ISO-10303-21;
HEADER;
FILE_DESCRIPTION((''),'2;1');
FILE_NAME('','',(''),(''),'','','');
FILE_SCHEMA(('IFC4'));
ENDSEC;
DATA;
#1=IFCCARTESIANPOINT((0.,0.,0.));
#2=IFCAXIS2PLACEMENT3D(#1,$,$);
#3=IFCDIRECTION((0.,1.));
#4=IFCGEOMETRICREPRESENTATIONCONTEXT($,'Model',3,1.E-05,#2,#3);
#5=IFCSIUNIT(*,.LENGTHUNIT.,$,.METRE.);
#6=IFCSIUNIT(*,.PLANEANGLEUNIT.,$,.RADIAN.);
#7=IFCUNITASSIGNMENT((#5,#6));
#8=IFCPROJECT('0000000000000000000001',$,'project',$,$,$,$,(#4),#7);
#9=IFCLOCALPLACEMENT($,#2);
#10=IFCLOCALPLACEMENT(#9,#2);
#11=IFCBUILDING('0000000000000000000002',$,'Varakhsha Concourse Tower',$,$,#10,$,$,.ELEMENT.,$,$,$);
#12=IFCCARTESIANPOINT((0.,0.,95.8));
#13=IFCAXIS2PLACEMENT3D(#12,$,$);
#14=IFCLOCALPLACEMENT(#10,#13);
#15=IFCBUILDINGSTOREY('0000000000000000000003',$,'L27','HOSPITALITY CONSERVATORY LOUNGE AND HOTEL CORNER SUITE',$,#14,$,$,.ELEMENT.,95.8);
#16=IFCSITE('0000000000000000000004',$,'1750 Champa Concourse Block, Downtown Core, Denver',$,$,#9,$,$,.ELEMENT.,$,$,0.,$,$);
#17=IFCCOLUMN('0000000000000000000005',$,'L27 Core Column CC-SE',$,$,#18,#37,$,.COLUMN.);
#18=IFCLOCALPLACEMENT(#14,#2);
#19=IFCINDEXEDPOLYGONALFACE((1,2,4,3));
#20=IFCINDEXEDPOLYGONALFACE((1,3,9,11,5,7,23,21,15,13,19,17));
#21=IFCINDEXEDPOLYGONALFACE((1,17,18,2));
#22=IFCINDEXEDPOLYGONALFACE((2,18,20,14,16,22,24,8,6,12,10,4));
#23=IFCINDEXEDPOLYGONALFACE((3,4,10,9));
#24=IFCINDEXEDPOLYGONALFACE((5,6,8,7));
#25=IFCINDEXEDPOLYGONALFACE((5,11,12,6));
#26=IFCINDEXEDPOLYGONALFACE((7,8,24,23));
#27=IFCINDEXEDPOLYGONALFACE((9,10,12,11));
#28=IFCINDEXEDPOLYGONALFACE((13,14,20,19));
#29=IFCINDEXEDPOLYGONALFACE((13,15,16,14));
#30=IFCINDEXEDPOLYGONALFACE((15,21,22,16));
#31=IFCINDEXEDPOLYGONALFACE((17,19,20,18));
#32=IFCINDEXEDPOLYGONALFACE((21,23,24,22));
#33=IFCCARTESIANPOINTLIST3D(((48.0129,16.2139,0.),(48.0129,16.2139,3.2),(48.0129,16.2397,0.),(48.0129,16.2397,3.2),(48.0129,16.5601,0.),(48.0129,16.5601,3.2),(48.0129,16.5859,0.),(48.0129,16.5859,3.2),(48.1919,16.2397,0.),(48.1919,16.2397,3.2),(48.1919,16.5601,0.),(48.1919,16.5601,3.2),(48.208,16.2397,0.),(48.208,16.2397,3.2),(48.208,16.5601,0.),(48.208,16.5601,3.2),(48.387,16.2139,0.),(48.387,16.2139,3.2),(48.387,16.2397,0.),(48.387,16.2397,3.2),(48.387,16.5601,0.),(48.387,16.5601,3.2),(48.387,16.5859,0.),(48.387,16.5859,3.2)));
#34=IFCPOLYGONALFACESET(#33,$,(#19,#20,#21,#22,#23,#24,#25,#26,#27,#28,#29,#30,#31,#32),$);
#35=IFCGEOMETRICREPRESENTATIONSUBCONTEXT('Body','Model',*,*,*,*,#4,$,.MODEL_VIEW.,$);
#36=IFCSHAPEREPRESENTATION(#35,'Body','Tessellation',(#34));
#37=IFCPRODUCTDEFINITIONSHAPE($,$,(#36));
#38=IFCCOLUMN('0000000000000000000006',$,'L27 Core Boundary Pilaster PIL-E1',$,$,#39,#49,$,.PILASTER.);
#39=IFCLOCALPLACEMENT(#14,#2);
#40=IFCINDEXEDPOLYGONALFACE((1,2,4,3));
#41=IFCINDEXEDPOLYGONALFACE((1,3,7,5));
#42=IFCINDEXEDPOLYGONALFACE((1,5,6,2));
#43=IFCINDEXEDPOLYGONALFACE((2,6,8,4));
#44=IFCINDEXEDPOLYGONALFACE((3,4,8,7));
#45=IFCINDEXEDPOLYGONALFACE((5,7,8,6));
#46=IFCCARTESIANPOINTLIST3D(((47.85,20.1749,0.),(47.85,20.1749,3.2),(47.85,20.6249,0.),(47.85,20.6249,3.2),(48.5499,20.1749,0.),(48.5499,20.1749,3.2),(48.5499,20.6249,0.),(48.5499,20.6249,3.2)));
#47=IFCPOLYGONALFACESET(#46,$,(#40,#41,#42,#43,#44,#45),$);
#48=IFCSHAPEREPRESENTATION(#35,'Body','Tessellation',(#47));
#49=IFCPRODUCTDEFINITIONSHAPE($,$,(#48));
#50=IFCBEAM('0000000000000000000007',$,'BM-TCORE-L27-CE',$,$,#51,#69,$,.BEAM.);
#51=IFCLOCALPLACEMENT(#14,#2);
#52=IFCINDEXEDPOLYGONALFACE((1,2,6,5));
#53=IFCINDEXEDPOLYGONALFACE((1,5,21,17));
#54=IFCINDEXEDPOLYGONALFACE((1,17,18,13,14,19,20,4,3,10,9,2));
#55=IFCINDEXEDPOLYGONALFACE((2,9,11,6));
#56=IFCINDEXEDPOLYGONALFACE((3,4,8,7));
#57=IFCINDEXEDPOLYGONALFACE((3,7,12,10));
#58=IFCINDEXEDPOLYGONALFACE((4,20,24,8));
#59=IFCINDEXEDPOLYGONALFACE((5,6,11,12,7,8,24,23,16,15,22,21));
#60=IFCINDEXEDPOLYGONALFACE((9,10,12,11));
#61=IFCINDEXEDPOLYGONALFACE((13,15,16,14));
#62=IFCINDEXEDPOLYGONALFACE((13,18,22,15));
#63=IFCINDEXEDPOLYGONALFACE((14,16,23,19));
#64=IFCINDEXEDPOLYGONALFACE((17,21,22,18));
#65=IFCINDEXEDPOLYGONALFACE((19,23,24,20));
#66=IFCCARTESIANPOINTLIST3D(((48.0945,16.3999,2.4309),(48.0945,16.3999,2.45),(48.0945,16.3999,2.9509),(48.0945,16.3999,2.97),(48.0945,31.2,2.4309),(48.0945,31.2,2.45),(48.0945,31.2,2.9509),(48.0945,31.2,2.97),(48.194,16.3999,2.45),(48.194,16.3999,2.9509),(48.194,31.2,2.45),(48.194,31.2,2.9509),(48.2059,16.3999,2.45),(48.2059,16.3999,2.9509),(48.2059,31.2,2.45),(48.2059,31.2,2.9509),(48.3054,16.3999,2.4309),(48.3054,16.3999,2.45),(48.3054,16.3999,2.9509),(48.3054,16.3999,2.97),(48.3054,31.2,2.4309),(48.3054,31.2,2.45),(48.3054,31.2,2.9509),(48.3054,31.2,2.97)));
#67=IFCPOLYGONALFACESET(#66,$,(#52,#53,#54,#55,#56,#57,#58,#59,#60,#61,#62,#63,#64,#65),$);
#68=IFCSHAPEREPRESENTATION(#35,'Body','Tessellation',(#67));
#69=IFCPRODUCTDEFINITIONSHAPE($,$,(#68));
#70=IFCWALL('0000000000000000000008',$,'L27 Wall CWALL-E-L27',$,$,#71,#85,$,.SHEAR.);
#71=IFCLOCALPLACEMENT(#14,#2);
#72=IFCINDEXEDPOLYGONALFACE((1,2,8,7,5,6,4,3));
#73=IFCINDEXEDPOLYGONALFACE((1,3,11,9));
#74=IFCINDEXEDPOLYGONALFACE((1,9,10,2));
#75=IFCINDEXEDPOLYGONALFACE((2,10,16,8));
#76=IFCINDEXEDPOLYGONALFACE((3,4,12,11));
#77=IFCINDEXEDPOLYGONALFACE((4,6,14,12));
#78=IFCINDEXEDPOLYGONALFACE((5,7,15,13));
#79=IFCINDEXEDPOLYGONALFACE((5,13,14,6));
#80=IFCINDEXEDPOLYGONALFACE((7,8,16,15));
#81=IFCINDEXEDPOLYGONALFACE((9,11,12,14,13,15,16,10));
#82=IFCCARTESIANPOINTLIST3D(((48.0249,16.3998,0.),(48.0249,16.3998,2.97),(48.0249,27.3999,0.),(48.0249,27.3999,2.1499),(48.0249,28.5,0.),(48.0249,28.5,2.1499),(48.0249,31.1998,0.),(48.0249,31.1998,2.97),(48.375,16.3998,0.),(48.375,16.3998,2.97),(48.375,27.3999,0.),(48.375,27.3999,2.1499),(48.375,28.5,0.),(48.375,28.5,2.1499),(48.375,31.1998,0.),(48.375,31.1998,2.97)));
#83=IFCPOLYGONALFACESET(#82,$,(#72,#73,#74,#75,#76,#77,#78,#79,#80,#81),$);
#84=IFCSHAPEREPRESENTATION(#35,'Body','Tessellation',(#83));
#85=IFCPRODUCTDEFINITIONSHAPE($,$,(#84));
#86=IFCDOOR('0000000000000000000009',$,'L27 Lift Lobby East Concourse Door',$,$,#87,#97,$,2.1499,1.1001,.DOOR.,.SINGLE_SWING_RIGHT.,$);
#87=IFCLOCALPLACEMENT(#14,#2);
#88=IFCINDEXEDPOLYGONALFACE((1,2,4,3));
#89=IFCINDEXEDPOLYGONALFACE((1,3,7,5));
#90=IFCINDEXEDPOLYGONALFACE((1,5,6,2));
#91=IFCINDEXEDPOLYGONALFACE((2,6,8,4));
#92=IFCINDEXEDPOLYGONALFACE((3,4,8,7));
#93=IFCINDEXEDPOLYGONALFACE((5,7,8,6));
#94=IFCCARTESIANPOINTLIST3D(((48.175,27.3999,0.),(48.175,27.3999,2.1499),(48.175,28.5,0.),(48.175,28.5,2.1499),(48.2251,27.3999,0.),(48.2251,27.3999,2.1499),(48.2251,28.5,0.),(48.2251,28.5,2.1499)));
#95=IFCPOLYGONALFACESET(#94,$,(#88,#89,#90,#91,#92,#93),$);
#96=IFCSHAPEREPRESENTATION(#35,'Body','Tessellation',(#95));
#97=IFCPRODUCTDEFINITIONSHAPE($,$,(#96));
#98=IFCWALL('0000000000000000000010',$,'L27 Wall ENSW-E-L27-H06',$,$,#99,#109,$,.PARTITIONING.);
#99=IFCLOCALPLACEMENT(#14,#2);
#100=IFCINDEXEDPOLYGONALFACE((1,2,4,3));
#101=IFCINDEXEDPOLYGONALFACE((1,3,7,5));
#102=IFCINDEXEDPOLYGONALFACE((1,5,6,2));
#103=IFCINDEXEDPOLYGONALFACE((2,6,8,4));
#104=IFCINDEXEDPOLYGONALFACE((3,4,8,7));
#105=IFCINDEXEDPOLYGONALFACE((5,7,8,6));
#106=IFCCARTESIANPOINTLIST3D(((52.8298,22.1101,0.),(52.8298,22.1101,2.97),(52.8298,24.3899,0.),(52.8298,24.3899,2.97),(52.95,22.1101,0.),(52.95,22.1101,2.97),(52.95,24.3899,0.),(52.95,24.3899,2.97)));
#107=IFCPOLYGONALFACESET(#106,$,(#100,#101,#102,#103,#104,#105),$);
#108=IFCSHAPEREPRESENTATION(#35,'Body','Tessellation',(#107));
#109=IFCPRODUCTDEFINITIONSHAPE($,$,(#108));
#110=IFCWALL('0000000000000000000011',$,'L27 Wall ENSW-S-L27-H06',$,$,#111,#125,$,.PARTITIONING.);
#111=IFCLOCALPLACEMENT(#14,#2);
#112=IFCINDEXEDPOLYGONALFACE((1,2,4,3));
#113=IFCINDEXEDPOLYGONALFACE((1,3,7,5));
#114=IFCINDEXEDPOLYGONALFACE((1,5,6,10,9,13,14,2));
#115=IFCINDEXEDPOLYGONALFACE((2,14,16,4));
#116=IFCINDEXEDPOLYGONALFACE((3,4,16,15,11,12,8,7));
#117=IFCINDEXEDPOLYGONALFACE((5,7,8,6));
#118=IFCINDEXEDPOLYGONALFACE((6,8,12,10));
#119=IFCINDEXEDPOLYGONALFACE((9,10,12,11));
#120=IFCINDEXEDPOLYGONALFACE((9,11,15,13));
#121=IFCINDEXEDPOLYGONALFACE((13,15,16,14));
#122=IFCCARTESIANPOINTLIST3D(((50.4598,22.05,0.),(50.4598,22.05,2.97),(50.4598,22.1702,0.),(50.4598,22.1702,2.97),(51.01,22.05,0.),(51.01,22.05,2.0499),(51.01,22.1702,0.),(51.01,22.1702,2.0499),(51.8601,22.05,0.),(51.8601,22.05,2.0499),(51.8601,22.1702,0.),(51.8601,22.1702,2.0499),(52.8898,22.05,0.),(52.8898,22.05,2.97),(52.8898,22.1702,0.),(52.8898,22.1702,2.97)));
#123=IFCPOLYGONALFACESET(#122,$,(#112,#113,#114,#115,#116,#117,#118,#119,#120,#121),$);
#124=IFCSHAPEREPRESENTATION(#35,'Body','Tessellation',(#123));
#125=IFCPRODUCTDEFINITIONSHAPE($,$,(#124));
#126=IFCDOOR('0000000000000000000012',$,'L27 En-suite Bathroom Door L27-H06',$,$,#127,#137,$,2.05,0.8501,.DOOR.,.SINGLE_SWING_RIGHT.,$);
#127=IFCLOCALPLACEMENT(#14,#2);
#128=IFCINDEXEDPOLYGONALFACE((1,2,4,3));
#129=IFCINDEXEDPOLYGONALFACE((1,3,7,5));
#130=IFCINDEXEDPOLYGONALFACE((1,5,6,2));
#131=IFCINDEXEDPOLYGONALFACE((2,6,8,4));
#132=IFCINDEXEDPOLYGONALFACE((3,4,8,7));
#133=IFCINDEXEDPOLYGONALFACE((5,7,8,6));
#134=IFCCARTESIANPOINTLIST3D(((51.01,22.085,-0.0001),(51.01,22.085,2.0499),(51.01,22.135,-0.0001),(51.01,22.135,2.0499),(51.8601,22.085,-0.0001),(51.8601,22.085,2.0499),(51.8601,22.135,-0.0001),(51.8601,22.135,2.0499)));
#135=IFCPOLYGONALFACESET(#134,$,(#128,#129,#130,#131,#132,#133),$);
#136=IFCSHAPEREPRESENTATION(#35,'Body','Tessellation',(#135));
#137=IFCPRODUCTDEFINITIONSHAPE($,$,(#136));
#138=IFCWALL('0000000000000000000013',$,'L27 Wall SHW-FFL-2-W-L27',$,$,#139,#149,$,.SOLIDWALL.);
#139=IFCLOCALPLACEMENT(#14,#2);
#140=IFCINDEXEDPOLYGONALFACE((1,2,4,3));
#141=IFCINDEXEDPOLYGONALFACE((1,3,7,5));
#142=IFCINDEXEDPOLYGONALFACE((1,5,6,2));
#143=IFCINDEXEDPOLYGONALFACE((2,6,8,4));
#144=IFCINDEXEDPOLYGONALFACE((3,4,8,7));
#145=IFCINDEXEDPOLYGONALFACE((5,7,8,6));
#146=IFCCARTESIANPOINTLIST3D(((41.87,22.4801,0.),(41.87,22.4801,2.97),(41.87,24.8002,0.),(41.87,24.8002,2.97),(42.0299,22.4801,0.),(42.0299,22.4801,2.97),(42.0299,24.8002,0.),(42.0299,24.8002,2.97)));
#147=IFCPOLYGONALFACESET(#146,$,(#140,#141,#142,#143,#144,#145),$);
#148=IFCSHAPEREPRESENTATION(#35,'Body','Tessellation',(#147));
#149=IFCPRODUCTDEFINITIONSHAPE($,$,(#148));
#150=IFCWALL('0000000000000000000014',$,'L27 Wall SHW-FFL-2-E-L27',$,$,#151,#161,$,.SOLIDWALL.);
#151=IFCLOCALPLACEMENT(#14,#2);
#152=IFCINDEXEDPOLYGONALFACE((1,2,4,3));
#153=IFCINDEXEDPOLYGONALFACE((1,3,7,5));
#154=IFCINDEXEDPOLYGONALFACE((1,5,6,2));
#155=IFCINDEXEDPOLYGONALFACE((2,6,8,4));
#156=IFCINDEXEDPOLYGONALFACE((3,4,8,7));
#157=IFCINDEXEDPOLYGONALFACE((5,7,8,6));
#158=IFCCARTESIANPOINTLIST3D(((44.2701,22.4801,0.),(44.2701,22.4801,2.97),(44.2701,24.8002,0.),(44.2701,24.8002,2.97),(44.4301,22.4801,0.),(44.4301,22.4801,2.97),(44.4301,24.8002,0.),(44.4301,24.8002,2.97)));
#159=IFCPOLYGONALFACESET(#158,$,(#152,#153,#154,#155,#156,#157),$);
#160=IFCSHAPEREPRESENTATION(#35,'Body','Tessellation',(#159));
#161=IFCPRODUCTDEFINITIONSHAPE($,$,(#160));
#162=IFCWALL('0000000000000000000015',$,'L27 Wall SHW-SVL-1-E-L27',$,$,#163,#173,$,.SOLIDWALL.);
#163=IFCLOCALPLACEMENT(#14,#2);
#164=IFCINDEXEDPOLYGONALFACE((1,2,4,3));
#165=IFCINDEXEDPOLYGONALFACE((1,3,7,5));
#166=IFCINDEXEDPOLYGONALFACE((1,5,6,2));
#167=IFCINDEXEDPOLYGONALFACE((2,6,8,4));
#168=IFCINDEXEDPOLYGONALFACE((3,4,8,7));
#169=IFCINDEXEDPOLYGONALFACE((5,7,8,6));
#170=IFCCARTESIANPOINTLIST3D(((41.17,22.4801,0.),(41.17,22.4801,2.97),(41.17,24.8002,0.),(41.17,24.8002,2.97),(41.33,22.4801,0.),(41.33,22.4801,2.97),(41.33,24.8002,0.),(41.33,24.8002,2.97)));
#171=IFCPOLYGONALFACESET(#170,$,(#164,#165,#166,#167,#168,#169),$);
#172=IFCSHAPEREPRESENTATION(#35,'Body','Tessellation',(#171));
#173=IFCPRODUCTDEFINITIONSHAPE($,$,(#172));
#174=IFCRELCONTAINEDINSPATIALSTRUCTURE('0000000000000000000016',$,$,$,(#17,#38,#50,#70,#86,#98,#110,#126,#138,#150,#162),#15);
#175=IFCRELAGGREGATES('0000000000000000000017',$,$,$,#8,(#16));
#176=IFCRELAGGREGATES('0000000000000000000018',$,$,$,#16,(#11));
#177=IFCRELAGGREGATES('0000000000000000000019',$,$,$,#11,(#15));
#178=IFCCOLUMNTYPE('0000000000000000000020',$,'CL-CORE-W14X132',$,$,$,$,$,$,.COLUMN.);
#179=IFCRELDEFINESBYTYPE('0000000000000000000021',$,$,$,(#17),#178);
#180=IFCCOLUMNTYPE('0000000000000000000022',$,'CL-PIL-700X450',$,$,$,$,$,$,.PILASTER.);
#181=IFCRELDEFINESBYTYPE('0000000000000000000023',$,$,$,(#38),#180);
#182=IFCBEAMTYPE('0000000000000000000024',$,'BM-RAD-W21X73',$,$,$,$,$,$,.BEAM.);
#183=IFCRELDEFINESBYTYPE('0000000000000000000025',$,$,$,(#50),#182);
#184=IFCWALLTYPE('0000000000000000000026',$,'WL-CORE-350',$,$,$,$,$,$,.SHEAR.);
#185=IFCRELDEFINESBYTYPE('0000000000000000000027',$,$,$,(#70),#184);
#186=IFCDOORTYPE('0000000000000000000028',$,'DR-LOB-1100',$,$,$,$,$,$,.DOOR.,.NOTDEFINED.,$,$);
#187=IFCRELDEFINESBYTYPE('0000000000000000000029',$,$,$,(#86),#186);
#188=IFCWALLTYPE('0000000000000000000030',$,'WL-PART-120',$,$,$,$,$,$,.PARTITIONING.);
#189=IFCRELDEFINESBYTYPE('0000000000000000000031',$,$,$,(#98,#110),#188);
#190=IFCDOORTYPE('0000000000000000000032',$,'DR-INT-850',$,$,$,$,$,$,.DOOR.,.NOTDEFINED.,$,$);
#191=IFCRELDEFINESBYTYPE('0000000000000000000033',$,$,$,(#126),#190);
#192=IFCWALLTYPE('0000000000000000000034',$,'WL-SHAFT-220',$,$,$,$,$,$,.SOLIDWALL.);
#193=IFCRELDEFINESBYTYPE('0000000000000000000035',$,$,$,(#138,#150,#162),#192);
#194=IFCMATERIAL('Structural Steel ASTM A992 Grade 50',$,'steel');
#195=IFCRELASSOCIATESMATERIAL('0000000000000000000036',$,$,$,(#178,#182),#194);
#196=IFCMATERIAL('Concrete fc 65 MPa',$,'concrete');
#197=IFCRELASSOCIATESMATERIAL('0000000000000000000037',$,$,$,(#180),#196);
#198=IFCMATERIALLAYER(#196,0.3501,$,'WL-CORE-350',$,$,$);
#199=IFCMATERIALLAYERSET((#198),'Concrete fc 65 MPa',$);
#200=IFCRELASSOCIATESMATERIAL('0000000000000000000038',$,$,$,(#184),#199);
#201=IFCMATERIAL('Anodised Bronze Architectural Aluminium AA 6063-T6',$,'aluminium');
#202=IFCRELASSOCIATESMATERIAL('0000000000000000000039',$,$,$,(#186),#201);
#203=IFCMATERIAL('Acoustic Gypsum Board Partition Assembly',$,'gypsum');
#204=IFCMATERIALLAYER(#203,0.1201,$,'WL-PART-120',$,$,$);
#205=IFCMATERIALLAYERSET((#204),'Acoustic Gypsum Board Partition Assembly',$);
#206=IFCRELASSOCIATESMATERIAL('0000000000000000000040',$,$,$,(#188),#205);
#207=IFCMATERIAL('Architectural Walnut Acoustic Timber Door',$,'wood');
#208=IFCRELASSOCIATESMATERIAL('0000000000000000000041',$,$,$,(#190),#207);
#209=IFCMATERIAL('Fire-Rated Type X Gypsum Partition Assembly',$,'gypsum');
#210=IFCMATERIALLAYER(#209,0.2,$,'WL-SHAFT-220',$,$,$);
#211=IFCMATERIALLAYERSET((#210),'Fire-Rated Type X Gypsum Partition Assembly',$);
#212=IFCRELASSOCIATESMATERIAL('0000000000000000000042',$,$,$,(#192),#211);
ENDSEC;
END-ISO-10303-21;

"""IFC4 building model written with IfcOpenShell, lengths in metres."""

from ifc_helpers import new_model, si_unit, direction, frame, frame_2d, origin, origin_2d, place, context, subcontext, project, spatial, rectangle, i_section, extrude, material, layer, layer_set, material_profile, profile_set, type_object, element, fill, save


model = new_model("IFC4")

# Units and contexts
model_context = context("Model", 3, precision=1e-05, world=origin(), true_north=direction((0.0, 1.0)))
body_context = subcontext(model_context, "Body", "Model", "MODEL_VIEW")
ifc_project = project(units=[si_unit("LENGTHUNIT", "METRE"), si_unit("PLANEANGLEUNIT", "RADIAN")], contexts=[model_context])

# Site, building, storey
site_placement = place(None, origin())
site = spatial("IfcSite", under=ifc_project, at=site_placement, Name="1750 Champa Concourse Block, Downtown Core, Denver", CompositionType="ELEMENT", RefElevation=0.0)
building_placement = place(site_placement, origin())
building = spatial("IfcBuilding", under=site, at=building_placement, Name="Varakhsha Concourse Tower", CompositionType="ELEMENT")
storey_placement = place(building_placement, frame((0.0, 0.0, 95.8)))
storey = spatial("IfcBuildingStorey", under=building, at=storey_placement, Name="L27", Description="HOSPITALITY CONSERVATORY LOUNGE AND HOTEL CORNER SUITE", CompositionType="ELEMENT", Elevation=95.8)

# Columns
ifc_material_1 = material(Name="Structural Steel ASTM A992 Grade 50", Category="steel")
ifc_material_profile_1 = material_profile(ifc_material_1, i_section(OverallWidth=0.374, OverallDepth=0.3721, WebThickness=0.0161, FlangeThickness=0.0259, at=origin_2d()), Name="W14X132")
ifc_profile_set_1 = profile_set([ifc_material_profile_1], Name="Structural Steel ASTM A992 Grade 50")
column_type_1 = type_object("IfcColumnType", Name="CL-CORE-W14X132", PredefinedType="COLUMN", material=ifc_profile_set_1)
column_1_placement = place(storey_placement, frame((48.2, 16.3999, 0.0), z_axis=(0.0, 0.0, 1.0), x_axis=(1.0, 0.0, 0.0)))
element("IfcColumn", 1, at=column_1_placement, inside=storey, type_object=column_type_1, Name="L27 Core Column CC-SE", PredefinedType="COLUMN", context=body_context, shape_type="SweptSolid", body=[
    extrude(i_section(OverallWidth=0.374, OverallDepth=0.3721, WebThickness=0.0161, FlangeThickness=0.0259, at=origin_2d()), origin(), (0.0, 0.0, 1.0), 3.2),
])
ifc_material_2 = material(Name="Concrete fc 65 MPa", Category="concrete")
ifc_material_profile_2 = material_profile(ifc_material_2, rectangle(XDim=0.7, YDim=0.45, at=origin_2d()), Name="RC 700x450")
ifc_profile_set_2 = profile_set([ifc_material_profile_2], Name="Concrete fc 65 MPa")
column_type_2 = type_object("IfcColumnType", Name="CL-PIL-700X450", PredefinedType="PILASTER", material=ifc_profile_set_2)
column_2_placement = place(storey_placement, frame((48.2, 20.3999, 0.0), z_axis=(0.0, 0.0, 1.0), x_axis=(1.0, 0.0, 0.0)))
element("IfcColumn", 2, at=column_2_placement, inside=storey, type_object=column_type_2, Name="L27 Core Boundary Pilaster PIL-E1", PredefinedType="PILASTER", context=body_context, shape_type="SweptSolid", body=[
    extrude(rectangle(XDim=0.7, YDim=0.45, at=origin_2d()), origin(), (0.0, 0.0, 1.0), 3.2),
])

# Beam
ifc_material_profile_3 = material_profile(ifc_material_1, i_section(OverallWidth=0.2109, OverallDepth=0.5391, WebThickness=0.012, FlangeThickness=0.019, at=origin_2d()), Name="W21X73")
ifc_profile_set_3 = profile_set([ifc_material_profile_3], Name="Structural Steel ASTM A992 Grade 50")
beam_type = type_object("IfcBeamType", Name="BM-RAD-W21X73", PredefinedType="BEAM", material=ifc_profile_set_3)
beam_placement = place(storey_placement, frame((48.2, 16.3999, 2.7004), z_axis=(0.0, 1.0, 0.0), x_axis=(-1.0, 0.0, 0.0)))
element("IfcBeam", 3, at=beam_placement, inside=storey, type_object=beam_type, Name="BM-TCORE-L27-CE", PredefinedType="BEAM", context=body_context, shape_type="SweptSolid", body=[
    extrude(i_section(OverallWidth=0.2109, OverallDepth=0.5391, WebThickness=0.012, FlangeThickness=0.019, at=origin_2d()), origin(), (0.0, 0.0, 1.0), 14.8),
])

# Wall, opening, door
ifc_layer_1 = layer(ifc_material_2, 0.3501, Name="WL-CORE-350")
ifc_layer_set_1 = layer_set([ifc_layer_1], Name="Concrete fc 65 MPa")
wall_type_1 = type_object("IfcWallType", Name="WL-CORE-350", PredefinedType="SHEAR", material=ifc_layer_set_1)
wall_1_placement = place(storey_placement, frame((48.2, 16.3999, 0.0), z_axis=(0.0, 0.0, 1.0), x_axis=(0.0, 1.0, 0.0)))
wall_1 = element("IfcWall", 4, at=wall_1_placement, inside=storey, type_object=wall_type_1, Name="L27 Wall CWALL-E-L27", PredefinedType="SHEAR", context=body_context, shape_type="SweptSolid", body=[
    extrude(rectangle(XDim=14.8, YDim=0.3501, at=frame_2d((7.3999, 0.0))), origin(), (0.0, 0.0, 1.0), 2.97),
])
opening_1_placement = place(wall_1_placement, frame((11.0, 0.0, 0.0)))
opening_1 = element("IfcOpeningElement", 5, at=opening_1_placement, cuts=wall_1, PredefinedType="OPENING", context=body_context, shape_type="SweptSolid", body=[
    extrude(rectangle(XDim=1.1001, YDim=2.1499, at=frame_2d((0.55, 1.075))), frame((0.0, 0.1851, 0.0), z_axis=(0.0, -1.0, 0.0), x_axis=(1.0, 0.0, 0.0)), (0.0, 0.0, 1.0), 0.3701),
])
ifc_material_3 = material(Name="Anodised Bronze Architectural Aluminium AA 6063-T6", Category="aluminium")
door_type_1 = type_object("IfcDoorType", Name="DR-LOB-1100", OperationType="NOTDEFINED", PredefinedType="DOOR", material=ifc_material_3)
door_1_placement = place(opening_1_placement, origin())
door_1 = element("IfcDoor", 6, at=door_1_placement, inside=storey, type_object=door_type_1, Name="L27 Lift Lobby East Concourse Door", OperationType="SINGLE_SWING_RIGHT", OverallHeight=2.1499, OverallWidth=1.1001, PredefinedType="DOOR", context=body_context, shape_type="SweptSolid", body=[
    extrude(rectangle(XDim=1.1001, YDim=2.1499, at=frame_2d((0.55, 1.075))), frame((0.0, 0.0249, 0.0), z_axis=(0.0, -1.0, 0.0), x_axis=(1.0, 0.0, 0.0)), (0.0, 0.0, 1.0), 0.05),
])
fill(opening_1, door_1)

# Wall
ifc_material_4 = material(Name="Acoustic Gypsum Board Partition Assembly", Category="gypsum")
ifc_layer_2 = layer(ifc_material_4, 0.1201, Name="WL-PART-120")
ifc_layer_set_2 = layer_set([ifc_layer_2], Name="Acoustic Gypsum Board Partition Assembly")
wall_type_2 = type_object("IfcWallType", Name="WL-PART-120", PredefinedType="PARTITIONING", material=ifc_layer_set_2)
wall_2_placement = place(storey_placement, frame((52.8899, 22.1101, 0.0), z_axis=(0.0, 0.0, 1.0), x_axis=(0.0, 1.0, 0.0)))
element("IfcWall", 7, at=wall_2_placement, inside=storey, type_object=wall_type_2, Name="L27 Wall ENSW-E-L27-H06", PredefinedType="PARTITIONING", context=body_context, shape_type="SweptSolid", body=[
    extrude(rectangle(XDim=2.2798, YDim=0.1201, at=frame_2d((1.1399, 0.0))), origin(), (0.0, 0.0, 1.0), 2.97),
])

# Wall, opening, door
wall_3_placement = place(storey_placement, frame((50.46, 22.1101, 0.0), z_axis=(0.0, 0.0, 1.0), x_axis=(1.0, 0.0, 0.0)))
wall_3 = element("IfcWall", 8, at=wall_3_placement, inside=storey, type_object=wall_type_2, Name="L27 Wall ENSW-S-L27-H06", PredefinedType="PARTITIONING", context=body_context, shape_type="SweptSolid", body=[
    extrude(rectangle(XDim=2.4299, YDim=0.1201, at=frame_2d((1.2148, 0.0))), origin(), (0.0, 0.0, 1.0), 2.97),
])
opening_2_placement = place(wall_3_placement, frame((0.55, 0.0, 0.0)))
opening_2 = element("IfcOpeningElement", 9, at=opening_2_placement, cuts=wall_3, PredefinedType="OPENING", context=body_context, shape_type="SweptSolid", body=[
    extrude(rectangle(XDim=0.8501, YDim=2.05, at=frame_2d((0.425, 1.0249))), frame((0.0, 0.0701, 0.0), z_axis=(0.0, -1.0, 0.0), x_axis=(1.0, 0.0, 0.0)), (0.0, 0.0, 1.0), 0.1401),
])
ifc_material_5 = material(Name="Architectural Walnut Acoustic Timber Door", Category="wood")
door_type_2 = type_object("IfcDoorType", Name="DR-INT-850", OperationType="NOTDEFINED", PredefinedType="DOOR", material=ifc_material_5)
door_2_placement = place(opening_2_placement, origin())
door_2 = element("IfcDoor", 10, at=door_2_placement, inside=storey, type_object=door_type_2, Name="L27 En-suite Bathroom Door L27-H06", OperationType="SINGLE_SWING_RIGHT", OverallHeight=2.05, OverallWidth=0.8501, PredefinedType="DOOR", context=body_context, shape_type="SweptSolid", body=[
    extrude(rectangle(XDim=0.8501, YDim=2.05, at=frame_2d((0.425, 1.0249))), frame((0.0, 0.0249, 0.0), z_axis=(0.0, -1.0, 0.0), x_axis=(1.0, 0.0, 0.0)), (0.0, 0.0, 1.0), 0.05),
])
fill(opening_2, door_2)

# Walls
ifc_material_6 = material(Name="Fire-Rated Type X Gypsum Partition Assembly", Category="gypsum")
ifc_layer_3 = layer(ifc_material_6, 0.2, Name="WL-SHAFT-220")
ifc_layer_set_3 = layer_set([ifc_layer_3], Name="Fire-Rated Type X Gypsum Partition Assembly")
wall_type_3 = type_object("IfcWallType", Name="WL-SHAFT-220", PredefinedType="SOLIDWALL", material=ifc_layer_set_3)
for number, where, z_axis, x_axis, name in (
    (11, (41.95, 22.48, 0.0), (0.0, 0.0, 1.0), (0.0, 1.0, 0.0), "L27 Wall SHW-FFL-2-W-L27"),
    (12, (44.3501, 22.48, 0.0), (0.0, 0.0, 1.0), (0.0, 1.0, 0.0), "L27 Wall SHW-FFL-2-E-L27"),
    (13, (41.25, 22.48, 0.0), (0.0, 0.0, 1.0), (0.0, 1.0, 0.0), "L27 Wall SHW-SVL-1-E-L27"),
):
    element("IfcWall", number, at=place(storey_placement, frame(where, z_axis=z_axis, x_axis=x_axis)), inside=storey, type_object=wall_type_3, Name=name, PredefinedType="SOLIDWALL", context=body_context, shape_type="SweptSolid", body=[
        extrude(rectangle(XDim=2.3201, YDim=0.1599, at=frame_2d((1.1602, 0.0))), origin(), (0.0, 0.0, 1.0), 2.97),
    ])

save(model, "model.ifc")
